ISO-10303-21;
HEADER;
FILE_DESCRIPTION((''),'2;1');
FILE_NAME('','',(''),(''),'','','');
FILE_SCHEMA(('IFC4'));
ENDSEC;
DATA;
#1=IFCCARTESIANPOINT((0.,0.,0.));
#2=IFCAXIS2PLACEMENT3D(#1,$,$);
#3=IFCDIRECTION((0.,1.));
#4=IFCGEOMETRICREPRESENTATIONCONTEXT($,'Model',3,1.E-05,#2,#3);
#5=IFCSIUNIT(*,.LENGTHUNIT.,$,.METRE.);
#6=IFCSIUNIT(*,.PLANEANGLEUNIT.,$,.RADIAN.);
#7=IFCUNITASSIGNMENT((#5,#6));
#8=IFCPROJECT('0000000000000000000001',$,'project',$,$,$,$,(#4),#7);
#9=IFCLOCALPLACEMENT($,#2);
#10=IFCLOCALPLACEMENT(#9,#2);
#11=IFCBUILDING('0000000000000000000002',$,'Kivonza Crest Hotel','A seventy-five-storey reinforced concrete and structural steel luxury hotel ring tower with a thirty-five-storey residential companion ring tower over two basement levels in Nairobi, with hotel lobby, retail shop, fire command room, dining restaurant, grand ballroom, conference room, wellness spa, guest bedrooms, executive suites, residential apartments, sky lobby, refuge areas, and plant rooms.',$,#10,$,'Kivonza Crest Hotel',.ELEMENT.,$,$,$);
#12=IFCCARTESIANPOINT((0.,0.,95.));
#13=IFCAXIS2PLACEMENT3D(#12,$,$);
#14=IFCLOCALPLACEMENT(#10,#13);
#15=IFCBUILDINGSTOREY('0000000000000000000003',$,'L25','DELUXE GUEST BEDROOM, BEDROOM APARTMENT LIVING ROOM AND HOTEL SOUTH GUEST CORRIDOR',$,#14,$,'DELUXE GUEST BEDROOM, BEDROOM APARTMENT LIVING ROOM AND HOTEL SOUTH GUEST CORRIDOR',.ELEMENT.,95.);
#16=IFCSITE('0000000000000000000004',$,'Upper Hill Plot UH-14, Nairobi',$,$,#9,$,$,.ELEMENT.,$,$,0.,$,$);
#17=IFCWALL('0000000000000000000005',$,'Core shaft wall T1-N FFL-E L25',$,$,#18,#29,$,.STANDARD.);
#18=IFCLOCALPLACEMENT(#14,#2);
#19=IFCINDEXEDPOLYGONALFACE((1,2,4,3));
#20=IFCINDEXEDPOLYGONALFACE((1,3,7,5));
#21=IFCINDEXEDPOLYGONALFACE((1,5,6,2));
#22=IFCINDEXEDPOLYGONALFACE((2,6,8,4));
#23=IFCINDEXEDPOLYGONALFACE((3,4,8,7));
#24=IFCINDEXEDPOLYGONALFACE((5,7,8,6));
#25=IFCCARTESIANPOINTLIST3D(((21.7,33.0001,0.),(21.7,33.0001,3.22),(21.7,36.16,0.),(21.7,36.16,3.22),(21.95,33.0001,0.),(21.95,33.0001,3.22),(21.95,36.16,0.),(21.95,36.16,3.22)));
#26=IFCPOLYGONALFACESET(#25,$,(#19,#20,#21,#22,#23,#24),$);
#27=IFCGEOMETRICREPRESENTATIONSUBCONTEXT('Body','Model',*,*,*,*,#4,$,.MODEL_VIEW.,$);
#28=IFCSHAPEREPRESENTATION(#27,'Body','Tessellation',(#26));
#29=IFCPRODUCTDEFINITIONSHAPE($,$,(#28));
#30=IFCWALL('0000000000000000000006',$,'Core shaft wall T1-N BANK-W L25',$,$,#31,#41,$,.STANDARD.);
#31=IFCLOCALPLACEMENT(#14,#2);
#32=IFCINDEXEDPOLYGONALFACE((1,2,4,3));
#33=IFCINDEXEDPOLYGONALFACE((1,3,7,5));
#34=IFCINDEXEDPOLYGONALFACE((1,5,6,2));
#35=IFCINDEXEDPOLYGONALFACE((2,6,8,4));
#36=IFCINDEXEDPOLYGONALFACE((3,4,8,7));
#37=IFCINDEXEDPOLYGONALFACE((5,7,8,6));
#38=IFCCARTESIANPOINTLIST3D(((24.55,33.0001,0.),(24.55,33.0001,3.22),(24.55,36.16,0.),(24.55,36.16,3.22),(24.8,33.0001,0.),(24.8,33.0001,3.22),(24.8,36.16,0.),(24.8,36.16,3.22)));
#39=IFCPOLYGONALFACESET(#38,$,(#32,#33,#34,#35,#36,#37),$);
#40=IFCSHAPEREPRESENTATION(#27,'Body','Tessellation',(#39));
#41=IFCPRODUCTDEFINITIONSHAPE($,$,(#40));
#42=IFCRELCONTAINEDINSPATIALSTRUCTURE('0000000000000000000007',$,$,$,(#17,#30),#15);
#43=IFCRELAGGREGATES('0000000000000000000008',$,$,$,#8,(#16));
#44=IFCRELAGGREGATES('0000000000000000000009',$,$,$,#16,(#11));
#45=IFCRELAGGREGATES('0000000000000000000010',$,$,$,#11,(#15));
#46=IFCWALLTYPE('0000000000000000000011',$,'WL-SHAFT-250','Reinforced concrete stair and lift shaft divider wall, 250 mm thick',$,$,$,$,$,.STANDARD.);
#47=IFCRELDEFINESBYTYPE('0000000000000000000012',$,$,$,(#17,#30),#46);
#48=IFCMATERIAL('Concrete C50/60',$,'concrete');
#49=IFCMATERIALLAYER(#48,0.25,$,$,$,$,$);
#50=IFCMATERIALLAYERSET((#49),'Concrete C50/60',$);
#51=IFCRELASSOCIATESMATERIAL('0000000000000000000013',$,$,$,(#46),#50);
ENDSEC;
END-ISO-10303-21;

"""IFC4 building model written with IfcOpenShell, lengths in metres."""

from ifc_helpers import new_model, si_unit, direction, frame, frame_2d, origin, place, context, subcontext, project, spatial, rectangle, extrude, material, layer, layer_set, type_object, element, save


model = new_model("IFC4")

# Units and contexts
model_context = context("Model", 3, precision=1e-05, world=origin(), true_north=direction((0.0, 1.0)))
body_context = subcontext(model_context, "Body", "Model", "MODEL_VIEW")
ifc_project = project(units=[si_unit("LENGTHUNIT", "METRE"), si_unit("PLANEANGLEUNIT", "RADIAN")], contexts=[model_context])

# Site, building, storey
site_placement = place(None, origin())
site = spatial("IfcSite", under=ifc_project, at=site_placement, Name="Upper Hill Plot UH-14, Nairobi", CompositionType="ELEMENT", RefElevation=0.0)
building_placement = place(site_placement, origin())
building = spatial("IfcBuilding", under=site, at=building_placement, Name="Kivonza Crest Hotel", Description="A seventy-five-storey reinforced concrete and structural steel luxury hotel ring tower with a thirty-five-storey residential companion ring tower over two basement levels in Nairobi, with hotel lobby, retail shop, fire command room, dining restaurant, grand ballroom, conference room, wellness spa, guest bedrooms, executive suites, residential apartments, sky lobby, refuge areas, and plant rooms.", LongName="Kivonza Crest Hotel", CompositionType="ELEMENT")
storey_placement = place(building_placement, frame((0.0, 0.0, 95.0)))
storey = spatial("IfcBuildingStorey", under=building, at=storey_placement, Name="L25", Description="DELUXE GUEST BEDROOM, BEDROOM APARTMENT LIVING ROOM AND HOTEL SOUTH GUEST CORRIDOR", LongName="DELUXE GUEST BEDROOM, BEDROOM APARTMENT LIVING ROOM AND HOTEL SOUTH GUEST CORRIDOR", CompositionType="ELEMENT", Elevation=95.0)

# Shared definitions
ifc_material_1 = material(Name="Concrete C50/60", Category="concrete")
ifc_layer_1 = layer(ifc_material_1, 0.25)
ifc_layer_set_1 = layer_set([ifc_layer_1], Name="Concrete C50/60")
wall_type_1 = type_object("IfcWallType", Name="WL-SHAFT-250", Description="Reinforced concrete stair and lift shaft divider wall, 250 mm thick", PredefinedType="STANDARD", material=ifc_layer_set_1)

# Walls
for number, where, z_axis, x_axis, name in (
    (1, (21.825, 33.0, 0.0), (0.0, 0.0, 1.0), (0.0, 1.0, 0.0), "Core shaft wall T1-N FFL-E L25"),
    (2, (24.675, 33.0, 0.0), (0.0, 0.0, 1.0), (0.0, 1.0, 0.0), "Core shaft wall T1-N BANK-W L25"),
):
    element("IfcWall", number, at=place(storey_placement, frame(where, z_axis=z_axis, x_axis=x_axis)), inside=storey, type_object=wall_type_1, Name=name, PredefinedType="STANDARD", context=body_context, shape_type="SweptSolid", body=[
        extrude(rectangle(XDim=3.1599, YDim=0.25, at=frame_2d((1.5801, 0.0))), origin(), (0.0, 0.0, 1.0), 3.22),
    ])

save(model, "model.ifc")
